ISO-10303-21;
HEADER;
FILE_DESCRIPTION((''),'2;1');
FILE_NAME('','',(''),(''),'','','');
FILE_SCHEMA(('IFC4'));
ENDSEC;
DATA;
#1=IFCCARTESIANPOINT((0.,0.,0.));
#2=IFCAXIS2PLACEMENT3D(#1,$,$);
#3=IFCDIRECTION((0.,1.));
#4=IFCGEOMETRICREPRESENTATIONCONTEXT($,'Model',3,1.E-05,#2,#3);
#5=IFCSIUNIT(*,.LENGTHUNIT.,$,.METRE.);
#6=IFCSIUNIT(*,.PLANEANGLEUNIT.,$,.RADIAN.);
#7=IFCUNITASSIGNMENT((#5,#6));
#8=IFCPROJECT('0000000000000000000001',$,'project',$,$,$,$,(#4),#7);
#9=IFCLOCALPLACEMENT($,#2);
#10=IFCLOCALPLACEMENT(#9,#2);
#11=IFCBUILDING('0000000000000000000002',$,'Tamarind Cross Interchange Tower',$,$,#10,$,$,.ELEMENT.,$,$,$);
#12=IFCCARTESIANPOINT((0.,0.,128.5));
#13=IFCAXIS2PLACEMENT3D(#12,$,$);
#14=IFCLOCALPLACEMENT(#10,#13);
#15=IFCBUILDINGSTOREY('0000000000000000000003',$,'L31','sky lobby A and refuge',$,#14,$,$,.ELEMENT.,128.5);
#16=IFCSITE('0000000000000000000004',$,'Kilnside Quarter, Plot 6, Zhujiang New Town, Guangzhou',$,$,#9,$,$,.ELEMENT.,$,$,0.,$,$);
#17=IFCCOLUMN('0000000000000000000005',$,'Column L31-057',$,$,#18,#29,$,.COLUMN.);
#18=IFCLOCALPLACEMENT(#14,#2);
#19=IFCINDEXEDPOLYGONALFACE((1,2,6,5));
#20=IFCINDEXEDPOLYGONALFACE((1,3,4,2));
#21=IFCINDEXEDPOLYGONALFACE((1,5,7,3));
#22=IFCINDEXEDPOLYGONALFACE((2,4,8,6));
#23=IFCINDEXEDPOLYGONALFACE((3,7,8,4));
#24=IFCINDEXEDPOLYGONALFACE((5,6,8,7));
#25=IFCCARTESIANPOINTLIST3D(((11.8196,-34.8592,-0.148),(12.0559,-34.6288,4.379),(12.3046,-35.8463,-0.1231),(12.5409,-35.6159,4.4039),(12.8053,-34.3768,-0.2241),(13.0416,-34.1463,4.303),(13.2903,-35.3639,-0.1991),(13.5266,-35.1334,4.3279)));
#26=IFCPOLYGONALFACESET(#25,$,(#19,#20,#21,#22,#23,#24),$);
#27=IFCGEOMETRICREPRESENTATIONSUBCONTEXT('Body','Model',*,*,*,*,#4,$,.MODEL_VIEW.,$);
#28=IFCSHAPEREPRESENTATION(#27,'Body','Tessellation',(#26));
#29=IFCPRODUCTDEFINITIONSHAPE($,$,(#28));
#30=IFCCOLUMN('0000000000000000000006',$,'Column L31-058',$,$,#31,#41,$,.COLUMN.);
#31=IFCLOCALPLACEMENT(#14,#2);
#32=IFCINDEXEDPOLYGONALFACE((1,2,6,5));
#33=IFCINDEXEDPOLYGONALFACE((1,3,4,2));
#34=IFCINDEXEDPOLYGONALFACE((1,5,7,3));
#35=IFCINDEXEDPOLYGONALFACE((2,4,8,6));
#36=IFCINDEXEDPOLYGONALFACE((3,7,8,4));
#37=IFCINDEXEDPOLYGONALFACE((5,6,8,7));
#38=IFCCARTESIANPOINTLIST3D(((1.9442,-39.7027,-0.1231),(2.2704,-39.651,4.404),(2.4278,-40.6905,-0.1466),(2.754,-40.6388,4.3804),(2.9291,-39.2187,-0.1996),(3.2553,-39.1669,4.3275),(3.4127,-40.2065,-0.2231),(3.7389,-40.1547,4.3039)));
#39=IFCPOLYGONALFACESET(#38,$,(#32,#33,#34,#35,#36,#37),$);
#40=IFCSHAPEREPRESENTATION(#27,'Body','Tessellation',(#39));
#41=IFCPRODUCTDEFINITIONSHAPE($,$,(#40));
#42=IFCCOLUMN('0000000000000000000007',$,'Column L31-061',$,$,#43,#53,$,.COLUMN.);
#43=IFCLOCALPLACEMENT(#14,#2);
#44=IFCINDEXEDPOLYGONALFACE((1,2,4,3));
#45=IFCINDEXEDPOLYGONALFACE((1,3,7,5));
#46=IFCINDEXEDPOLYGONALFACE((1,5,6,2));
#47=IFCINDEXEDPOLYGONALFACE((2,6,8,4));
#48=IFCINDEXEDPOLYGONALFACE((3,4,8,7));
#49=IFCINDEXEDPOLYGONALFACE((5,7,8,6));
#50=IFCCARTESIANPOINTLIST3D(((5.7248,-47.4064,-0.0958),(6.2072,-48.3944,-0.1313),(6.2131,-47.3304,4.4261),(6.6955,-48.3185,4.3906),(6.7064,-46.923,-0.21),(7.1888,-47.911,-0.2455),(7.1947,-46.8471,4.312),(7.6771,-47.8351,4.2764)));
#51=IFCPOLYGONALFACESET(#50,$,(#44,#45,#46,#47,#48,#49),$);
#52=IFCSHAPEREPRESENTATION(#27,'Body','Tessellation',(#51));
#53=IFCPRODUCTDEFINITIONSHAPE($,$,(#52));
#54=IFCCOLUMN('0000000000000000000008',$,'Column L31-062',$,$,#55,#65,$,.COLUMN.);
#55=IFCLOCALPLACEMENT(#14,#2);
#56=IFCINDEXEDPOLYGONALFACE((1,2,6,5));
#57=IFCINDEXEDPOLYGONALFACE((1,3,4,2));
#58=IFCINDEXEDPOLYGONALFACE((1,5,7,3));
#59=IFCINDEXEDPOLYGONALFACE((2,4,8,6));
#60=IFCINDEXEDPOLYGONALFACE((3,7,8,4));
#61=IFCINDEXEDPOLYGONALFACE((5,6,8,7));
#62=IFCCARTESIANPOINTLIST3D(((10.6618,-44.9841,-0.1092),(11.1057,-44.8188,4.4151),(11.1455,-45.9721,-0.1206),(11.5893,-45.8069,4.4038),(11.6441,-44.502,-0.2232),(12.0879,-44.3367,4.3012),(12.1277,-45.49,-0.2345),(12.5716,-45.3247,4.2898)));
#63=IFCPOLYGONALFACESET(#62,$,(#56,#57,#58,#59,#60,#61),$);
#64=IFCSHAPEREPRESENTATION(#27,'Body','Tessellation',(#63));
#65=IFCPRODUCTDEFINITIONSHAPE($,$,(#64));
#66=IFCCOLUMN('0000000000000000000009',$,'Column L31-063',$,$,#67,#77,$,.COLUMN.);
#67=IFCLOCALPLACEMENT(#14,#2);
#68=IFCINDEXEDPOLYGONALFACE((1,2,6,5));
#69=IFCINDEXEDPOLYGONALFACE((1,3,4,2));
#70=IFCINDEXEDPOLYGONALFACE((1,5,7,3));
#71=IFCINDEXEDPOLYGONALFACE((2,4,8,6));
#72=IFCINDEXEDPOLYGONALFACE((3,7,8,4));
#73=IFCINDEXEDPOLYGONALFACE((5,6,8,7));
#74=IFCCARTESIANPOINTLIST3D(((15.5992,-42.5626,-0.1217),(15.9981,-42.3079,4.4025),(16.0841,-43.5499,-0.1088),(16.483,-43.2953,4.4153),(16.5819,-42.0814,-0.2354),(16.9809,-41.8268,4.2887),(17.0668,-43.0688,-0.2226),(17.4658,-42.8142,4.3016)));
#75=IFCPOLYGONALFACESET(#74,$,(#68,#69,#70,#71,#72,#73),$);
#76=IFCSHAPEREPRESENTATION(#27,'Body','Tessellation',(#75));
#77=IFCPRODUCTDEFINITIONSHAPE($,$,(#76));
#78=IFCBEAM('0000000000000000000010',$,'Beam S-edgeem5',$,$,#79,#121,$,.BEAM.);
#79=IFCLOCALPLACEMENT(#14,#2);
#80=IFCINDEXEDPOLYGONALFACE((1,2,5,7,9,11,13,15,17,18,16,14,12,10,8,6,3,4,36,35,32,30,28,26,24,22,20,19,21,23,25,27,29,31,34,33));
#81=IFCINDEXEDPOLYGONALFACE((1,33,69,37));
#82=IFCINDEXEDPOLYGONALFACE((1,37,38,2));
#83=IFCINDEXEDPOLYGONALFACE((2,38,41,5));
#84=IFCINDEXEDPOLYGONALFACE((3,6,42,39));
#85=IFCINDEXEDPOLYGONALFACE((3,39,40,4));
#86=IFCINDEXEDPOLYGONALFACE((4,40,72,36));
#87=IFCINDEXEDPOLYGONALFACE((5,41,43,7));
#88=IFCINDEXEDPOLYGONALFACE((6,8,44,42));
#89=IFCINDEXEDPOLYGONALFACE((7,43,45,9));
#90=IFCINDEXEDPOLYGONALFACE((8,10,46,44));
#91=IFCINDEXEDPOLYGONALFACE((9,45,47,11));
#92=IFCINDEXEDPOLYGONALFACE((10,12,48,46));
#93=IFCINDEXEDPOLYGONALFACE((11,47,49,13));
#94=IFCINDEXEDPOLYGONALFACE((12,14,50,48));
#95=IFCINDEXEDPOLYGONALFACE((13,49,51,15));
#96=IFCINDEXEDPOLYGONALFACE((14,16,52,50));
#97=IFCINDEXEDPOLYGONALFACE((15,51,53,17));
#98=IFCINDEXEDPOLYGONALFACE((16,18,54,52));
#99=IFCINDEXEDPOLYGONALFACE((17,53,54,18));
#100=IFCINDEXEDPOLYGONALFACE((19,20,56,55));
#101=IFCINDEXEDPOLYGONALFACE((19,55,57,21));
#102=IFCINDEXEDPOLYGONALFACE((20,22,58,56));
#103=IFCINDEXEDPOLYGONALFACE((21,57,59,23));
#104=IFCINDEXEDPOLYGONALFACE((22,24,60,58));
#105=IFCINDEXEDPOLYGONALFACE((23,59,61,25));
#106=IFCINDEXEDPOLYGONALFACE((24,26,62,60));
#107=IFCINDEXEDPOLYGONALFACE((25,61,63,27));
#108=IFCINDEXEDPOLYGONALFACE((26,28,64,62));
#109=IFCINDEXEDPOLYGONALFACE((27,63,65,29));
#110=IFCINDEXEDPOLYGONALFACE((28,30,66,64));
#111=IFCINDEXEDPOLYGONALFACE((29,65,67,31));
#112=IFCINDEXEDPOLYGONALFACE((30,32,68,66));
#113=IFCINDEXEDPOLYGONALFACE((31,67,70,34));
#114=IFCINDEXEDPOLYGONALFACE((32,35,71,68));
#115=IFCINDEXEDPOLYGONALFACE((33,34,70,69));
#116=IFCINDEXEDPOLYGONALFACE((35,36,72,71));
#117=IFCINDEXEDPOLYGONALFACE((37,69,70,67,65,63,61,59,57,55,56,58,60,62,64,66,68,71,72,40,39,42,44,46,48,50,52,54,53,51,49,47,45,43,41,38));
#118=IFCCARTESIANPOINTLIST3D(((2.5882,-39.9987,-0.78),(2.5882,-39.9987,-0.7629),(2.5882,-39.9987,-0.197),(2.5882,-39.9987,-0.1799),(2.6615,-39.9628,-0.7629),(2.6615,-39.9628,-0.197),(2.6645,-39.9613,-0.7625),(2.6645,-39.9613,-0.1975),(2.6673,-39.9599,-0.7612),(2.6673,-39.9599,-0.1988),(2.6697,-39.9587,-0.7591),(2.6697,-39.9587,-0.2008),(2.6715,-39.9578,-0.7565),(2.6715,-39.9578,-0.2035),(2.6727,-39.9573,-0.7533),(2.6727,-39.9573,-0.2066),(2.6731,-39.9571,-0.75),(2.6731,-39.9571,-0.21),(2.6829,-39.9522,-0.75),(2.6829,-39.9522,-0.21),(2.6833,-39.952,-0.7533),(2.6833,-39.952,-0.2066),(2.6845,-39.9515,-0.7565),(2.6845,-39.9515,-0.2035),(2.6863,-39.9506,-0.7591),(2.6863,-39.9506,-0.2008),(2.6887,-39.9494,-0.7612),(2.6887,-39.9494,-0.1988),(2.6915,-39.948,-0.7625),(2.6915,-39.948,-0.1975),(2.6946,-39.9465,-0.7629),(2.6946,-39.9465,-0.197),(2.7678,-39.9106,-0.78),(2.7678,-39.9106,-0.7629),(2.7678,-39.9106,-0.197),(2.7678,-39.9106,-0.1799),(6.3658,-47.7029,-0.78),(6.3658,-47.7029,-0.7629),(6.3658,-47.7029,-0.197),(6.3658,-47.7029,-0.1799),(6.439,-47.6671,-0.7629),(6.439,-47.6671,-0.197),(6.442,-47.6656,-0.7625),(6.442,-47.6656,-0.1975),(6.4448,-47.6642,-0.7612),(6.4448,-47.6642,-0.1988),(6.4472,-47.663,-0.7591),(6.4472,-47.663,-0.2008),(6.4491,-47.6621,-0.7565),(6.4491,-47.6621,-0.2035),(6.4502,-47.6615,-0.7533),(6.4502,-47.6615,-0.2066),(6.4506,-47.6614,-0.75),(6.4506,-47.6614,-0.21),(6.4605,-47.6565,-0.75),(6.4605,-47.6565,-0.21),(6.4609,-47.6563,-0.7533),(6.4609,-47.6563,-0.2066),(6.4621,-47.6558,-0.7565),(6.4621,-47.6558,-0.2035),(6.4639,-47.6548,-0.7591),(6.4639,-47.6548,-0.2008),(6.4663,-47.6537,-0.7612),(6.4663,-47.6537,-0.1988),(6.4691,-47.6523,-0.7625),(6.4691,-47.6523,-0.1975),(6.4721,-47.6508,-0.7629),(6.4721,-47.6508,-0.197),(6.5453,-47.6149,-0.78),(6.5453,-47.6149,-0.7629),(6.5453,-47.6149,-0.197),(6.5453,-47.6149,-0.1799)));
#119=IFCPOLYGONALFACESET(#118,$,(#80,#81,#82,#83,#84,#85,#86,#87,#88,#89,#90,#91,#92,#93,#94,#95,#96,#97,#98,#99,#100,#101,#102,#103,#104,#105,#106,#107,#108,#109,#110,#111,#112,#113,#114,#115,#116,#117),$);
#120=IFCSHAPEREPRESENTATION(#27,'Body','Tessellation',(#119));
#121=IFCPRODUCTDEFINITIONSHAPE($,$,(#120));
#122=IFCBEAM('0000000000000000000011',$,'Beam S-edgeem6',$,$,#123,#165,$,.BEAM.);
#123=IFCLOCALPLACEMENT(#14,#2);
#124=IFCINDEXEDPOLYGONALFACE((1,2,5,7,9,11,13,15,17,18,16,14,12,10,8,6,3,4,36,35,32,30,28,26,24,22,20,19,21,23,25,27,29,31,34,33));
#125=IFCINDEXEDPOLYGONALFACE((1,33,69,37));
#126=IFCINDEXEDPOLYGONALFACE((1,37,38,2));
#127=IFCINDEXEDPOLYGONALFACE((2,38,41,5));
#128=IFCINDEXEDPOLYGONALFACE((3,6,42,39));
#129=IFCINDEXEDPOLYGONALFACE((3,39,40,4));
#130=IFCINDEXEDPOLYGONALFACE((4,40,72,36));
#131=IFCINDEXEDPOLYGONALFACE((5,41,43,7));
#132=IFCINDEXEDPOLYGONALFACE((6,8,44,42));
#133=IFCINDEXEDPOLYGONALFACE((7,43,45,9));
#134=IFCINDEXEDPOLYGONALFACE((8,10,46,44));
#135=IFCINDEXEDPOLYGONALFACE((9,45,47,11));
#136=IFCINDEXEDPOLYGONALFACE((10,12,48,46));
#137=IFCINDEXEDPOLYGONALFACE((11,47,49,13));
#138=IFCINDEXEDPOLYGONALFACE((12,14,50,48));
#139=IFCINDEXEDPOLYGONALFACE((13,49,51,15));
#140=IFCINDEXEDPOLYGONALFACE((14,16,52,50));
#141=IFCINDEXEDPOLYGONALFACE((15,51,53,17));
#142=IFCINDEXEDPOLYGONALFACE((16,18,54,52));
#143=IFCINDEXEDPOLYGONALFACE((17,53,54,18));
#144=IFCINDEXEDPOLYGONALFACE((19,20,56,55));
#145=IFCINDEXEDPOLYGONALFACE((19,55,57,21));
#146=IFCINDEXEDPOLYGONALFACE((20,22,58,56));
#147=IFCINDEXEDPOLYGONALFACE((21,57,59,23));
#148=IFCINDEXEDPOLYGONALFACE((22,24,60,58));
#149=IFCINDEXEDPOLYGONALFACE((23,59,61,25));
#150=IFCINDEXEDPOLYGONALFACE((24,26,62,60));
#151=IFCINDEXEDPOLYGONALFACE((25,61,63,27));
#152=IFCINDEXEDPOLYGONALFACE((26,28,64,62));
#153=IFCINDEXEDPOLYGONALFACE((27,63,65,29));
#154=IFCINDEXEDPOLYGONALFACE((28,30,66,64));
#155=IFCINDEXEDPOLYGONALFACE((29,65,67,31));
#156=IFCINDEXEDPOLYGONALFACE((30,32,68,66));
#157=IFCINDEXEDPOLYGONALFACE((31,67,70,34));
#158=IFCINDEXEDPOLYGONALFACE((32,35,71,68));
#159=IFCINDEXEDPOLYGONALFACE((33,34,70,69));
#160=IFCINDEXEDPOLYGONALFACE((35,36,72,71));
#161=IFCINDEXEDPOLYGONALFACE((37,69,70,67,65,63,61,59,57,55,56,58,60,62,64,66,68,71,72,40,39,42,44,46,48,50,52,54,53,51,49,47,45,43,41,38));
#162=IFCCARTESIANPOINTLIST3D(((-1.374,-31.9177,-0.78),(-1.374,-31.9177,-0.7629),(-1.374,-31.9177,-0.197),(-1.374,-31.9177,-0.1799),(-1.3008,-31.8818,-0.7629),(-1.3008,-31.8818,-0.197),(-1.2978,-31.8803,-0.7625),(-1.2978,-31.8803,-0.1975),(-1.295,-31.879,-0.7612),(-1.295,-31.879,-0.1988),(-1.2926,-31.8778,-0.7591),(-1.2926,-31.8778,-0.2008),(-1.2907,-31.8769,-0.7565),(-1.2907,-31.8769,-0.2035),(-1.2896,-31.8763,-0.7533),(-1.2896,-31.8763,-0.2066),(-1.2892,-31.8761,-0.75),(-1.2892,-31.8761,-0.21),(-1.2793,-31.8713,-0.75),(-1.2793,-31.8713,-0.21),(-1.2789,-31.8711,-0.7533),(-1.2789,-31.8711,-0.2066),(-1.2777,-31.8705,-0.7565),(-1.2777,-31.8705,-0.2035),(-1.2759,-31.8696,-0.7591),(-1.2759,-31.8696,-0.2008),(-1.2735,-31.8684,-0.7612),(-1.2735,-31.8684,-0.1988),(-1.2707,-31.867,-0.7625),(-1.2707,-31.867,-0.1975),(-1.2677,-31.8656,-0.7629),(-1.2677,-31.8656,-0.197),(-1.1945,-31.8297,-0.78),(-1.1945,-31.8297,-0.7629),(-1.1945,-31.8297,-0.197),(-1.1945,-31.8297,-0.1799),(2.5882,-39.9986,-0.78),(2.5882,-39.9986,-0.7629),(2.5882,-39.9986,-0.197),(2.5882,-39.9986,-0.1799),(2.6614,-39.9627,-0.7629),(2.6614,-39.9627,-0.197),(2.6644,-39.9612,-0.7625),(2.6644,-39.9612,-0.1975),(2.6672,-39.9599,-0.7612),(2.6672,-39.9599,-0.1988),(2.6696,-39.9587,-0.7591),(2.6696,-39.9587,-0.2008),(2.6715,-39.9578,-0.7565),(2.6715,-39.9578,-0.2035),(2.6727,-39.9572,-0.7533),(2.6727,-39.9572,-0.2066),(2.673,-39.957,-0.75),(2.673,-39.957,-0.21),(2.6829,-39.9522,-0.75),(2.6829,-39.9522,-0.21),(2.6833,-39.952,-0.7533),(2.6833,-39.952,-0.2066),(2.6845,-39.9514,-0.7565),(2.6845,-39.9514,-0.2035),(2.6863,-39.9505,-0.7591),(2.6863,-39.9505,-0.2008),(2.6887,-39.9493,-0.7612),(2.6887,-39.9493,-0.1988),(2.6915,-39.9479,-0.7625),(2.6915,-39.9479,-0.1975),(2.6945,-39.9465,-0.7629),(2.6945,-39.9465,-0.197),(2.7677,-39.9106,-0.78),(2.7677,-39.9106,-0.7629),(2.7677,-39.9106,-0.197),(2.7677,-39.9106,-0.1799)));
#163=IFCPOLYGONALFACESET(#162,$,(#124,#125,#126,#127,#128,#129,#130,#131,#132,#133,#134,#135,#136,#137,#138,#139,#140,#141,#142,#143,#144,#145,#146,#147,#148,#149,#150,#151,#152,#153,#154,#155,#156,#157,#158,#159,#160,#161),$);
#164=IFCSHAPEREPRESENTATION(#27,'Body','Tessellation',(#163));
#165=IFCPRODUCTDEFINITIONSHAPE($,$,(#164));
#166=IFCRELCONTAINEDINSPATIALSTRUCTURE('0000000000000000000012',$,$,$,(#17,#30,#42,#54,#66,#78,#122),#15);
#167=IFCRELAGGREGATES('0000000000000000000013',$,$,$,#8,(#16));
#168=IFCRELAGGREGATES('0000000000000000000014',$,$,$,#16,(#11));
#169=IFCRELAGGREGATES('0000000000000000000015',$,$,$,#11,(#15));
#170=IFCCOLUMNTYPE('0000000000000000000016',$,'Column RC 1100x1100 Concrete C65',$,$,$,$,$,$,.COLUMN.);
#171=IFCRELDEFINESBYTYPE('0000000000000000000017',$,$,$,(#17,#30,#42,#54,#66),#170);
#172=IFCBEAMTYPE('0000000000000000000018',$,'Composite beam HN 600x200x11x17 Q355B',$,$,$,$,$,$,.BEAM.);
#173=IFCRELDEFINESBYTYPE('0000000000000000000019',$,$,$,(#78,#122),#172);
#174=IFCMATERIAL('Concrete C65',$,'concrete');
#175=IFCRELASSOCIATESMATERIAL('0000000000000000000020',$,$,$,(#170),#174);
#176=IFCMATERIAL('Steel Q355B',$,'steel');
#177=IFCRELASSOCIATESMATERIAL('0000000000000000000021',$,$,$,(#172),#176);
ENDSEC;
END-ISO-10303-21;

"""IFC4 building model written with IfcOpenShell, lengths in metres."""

from ifc_helpers import new_model, si_unit, direction, frame, origin, origin_2d, place, context, subcontext, project, spatial, rectangle, i_section, extrude, material, material_profile, profile_set, type_object, element, save


model = new_model("IFC4")

# Units and contexts
model_context = context("Model", 3, precision=1e-05, world=origin(), true_north=direction((0.0, 1.0)))
body_context = subcontext(model_context, "Body", "Model", "MODEL_VIEW")
ifc_project = project(units=[si_unit("LENGTHUNIT", "METRE"), si_unit("PLANEANGLEUNIT", "RADIAN")], contexts=[model_context])

# Site, building, storey
site_placement = place(None, origin())
site = spatial("IfcSite", under=ifc_project, at=site_placement, Name="Kilnside Quarter, Plot 6, Zhujiang New Town, Guangzhou", CompositionType="ELEMENT", RefElevation=0.0)
building_placement = place(site_placement, origin())
building = spatial("IfcBuilding", under=site, at=building_placement, Name="Tamarind Cross Interchange Tower", CompositionType="ELEMENT")
storey_placement = place(building_placement, frame((0.0, 0.0, 128.5)))
storey = spatial("IfcBuildingStorey", under=building, at=storey_placement, Name="L31", Description="sky lobby A and refuge", CompositionType="ELEMENT", Elevation=128.5)

# Columns
ifc_material_1 = material(Name="Concrete C65", Category="concrete")
ifc_material_profile_1 = material_profile(ifc_material_1, rectangle(XDim=1.1001, YDim=1.1001, at=origin_2d()), Name="RC 1100x1100")
ifc_profile_set_1 = profile_set([ifc_material_profile_1], Name="Concrete C65")
column_type = type_object("IfcColumnType", Name="Column RC 1100x1100 Concrete C65", PredefinedType="COLUMN", material=ifc_profile_set_1)
for number, where, z_axis, x_axis, name in (
    (1, (12.5549, -35.1116, -0.1736), (0.052065, 0.050774, 0.997352), (-0.896057, -0.438527, 0.069102), "Column L31-057"),
    (2, (2.6785, -39.9546, -0.1731), (0.071858, 0.011403, 0.99735), (-0.43965, 0.897914, 0.021411), "Column L31-058"),
):
    element("IfcColumn", number, at=place(storey_placement, frame(where, z_axis=z_axis, x_axis=x_axis)), inside=storey, type_object=column_type, Name=name, PredefinedType="COLUMN", context=body_context, shape_type="SweptSolid", body=[
        extrude(rectangle(XDim=1.1001, YDim=1.1001, at=origin_2d()), origin(), (0.0, 0.0, 1.0), 4.5391),
    ])
column_1_placement = place(storey_placement, frame((6.4568, -47.6587, -0.1707), z_axis=(0.107341, 0.016691, 0.994082), x_axis=(-0.43852, 0.898142, 0.032271)))
element("IfcColumn", 3, at=column_1_placement, inside=storey, type_object=column_type, Name="Column L31-061", PredefinedType="COLUMN", context=body_context, shape_type="SweptSolid", body=[
    extrude(rectangle(XDim=1.1001, YDim=1.1001, at=origin_2d()), origin(), (0.0, 0.0, 1.0), 4.5488),
])
column_2_placement = place(storey_placement, frame((11.3948, -45.2371, -0.1719), z_axis=(0.097567, 0.036333, 0.994565), x_axis=(-0.43965, 0.89811, 0.010321)))
element("IfcColumn", 4, at=column_2_placement, inside=storey, type_object=column_type, Name="Column L31-062", PredefinedType="COLUMN", context=body_context, shape_type="SweptSolid", body=[
    extrude(rectangle(XDim=1.1001, YDim=1.1001, at=origin_2d()), origin(), (0.0, 0.0, 1.0), 4.5491),
])
column_3_placement = place(storey_placement, frame((16.333, -42.8157, -0.1721), z_axis=(0.087698, 0.055979, 0.994573), x_axis=(-0.893321, -0.437366, 0.103387)))
element("IfcColumn", 5, at=column_3_placement, inside=storey, type_object=column_type, Name="Column L31-063", PredefinedType="COLUMN", context=body_context, shape_type="SweptSolid", body=[
    extrude(rectangle(XDim=1.1001, YDim=1.1001, at=origin_2d()), origin(), (0.0, 0.0, 1.0), 4.5488),
])

# Beams
ifc_material_2 = material(Name="Steel Q355B", Category="steel")
ifc_material_profile_2 = material_profile(ifc_material_2, i_section(OverallWidth=0.2, OverallDepth=0.6001, WebThickness=0.011, FlangeThickness=0.0171, FilletRadius=0.0129, at=origin_2d()), Name="HN 600x200x11x17")
ifc_profile_set_2 = profile_set([ifc_material_profile_2], Name="Steel Q355B")
beam_type_1 = type_object("IfcBeamType", Name="Composite beam HN 600x200x11x17 Q355B", PredefinedType="BEAM", material=ifc_profile_set_2)
beam_1_placement = place(storey_placement, frame((6.4556, -47.6589, -0.48), z_axis=(-0.440246, 0.897877, 0.0), x_axis=(-0.897877, -0.440246, 0.0)))
element("IfcBeam", 6, at=beam_1_placement, inside=storey, type_object=beam_type_1, Name="Beam S-edgeem5", PredefinedType="BEAM", context=body_context, shape_type="SweptSolid", body=[
    extrude(i_section(OverallWidth=0.2, OverallDepth=0.6001, WebThickness=0.011, FlangeThickness=0.0171, FilletRadius=0.0129, at=origin_2d()), origin(), (0.0, 0.0, 1.0), 8.5806),
])
beam_2_placement = place(storey_placement, frame((2.678, -39.9546, -0.48), z_axis=(-0.440245, 0.897878, 0.0), x_axis=(-0.897878, -0.440245, 0.0)))
element("IfcBeam", 7, at=beam_2_placement, inside=storey, type_object=beam_type_1, Name="Beam S-edgeem6", PredefinedType="BEAM", context=body_context, shape_type="SweptSolid", body=[
    extrude(i_section(OverallWidth=0.2, OverallDepth=0.6001, WebThickness=0.011, FlangeThickness=0.0171, FilletRadius=0.0129, at=origin_2d()), origin(), (0.0, 0.0, 1.0), 9.0),
])

save(model, "model.ifc")
